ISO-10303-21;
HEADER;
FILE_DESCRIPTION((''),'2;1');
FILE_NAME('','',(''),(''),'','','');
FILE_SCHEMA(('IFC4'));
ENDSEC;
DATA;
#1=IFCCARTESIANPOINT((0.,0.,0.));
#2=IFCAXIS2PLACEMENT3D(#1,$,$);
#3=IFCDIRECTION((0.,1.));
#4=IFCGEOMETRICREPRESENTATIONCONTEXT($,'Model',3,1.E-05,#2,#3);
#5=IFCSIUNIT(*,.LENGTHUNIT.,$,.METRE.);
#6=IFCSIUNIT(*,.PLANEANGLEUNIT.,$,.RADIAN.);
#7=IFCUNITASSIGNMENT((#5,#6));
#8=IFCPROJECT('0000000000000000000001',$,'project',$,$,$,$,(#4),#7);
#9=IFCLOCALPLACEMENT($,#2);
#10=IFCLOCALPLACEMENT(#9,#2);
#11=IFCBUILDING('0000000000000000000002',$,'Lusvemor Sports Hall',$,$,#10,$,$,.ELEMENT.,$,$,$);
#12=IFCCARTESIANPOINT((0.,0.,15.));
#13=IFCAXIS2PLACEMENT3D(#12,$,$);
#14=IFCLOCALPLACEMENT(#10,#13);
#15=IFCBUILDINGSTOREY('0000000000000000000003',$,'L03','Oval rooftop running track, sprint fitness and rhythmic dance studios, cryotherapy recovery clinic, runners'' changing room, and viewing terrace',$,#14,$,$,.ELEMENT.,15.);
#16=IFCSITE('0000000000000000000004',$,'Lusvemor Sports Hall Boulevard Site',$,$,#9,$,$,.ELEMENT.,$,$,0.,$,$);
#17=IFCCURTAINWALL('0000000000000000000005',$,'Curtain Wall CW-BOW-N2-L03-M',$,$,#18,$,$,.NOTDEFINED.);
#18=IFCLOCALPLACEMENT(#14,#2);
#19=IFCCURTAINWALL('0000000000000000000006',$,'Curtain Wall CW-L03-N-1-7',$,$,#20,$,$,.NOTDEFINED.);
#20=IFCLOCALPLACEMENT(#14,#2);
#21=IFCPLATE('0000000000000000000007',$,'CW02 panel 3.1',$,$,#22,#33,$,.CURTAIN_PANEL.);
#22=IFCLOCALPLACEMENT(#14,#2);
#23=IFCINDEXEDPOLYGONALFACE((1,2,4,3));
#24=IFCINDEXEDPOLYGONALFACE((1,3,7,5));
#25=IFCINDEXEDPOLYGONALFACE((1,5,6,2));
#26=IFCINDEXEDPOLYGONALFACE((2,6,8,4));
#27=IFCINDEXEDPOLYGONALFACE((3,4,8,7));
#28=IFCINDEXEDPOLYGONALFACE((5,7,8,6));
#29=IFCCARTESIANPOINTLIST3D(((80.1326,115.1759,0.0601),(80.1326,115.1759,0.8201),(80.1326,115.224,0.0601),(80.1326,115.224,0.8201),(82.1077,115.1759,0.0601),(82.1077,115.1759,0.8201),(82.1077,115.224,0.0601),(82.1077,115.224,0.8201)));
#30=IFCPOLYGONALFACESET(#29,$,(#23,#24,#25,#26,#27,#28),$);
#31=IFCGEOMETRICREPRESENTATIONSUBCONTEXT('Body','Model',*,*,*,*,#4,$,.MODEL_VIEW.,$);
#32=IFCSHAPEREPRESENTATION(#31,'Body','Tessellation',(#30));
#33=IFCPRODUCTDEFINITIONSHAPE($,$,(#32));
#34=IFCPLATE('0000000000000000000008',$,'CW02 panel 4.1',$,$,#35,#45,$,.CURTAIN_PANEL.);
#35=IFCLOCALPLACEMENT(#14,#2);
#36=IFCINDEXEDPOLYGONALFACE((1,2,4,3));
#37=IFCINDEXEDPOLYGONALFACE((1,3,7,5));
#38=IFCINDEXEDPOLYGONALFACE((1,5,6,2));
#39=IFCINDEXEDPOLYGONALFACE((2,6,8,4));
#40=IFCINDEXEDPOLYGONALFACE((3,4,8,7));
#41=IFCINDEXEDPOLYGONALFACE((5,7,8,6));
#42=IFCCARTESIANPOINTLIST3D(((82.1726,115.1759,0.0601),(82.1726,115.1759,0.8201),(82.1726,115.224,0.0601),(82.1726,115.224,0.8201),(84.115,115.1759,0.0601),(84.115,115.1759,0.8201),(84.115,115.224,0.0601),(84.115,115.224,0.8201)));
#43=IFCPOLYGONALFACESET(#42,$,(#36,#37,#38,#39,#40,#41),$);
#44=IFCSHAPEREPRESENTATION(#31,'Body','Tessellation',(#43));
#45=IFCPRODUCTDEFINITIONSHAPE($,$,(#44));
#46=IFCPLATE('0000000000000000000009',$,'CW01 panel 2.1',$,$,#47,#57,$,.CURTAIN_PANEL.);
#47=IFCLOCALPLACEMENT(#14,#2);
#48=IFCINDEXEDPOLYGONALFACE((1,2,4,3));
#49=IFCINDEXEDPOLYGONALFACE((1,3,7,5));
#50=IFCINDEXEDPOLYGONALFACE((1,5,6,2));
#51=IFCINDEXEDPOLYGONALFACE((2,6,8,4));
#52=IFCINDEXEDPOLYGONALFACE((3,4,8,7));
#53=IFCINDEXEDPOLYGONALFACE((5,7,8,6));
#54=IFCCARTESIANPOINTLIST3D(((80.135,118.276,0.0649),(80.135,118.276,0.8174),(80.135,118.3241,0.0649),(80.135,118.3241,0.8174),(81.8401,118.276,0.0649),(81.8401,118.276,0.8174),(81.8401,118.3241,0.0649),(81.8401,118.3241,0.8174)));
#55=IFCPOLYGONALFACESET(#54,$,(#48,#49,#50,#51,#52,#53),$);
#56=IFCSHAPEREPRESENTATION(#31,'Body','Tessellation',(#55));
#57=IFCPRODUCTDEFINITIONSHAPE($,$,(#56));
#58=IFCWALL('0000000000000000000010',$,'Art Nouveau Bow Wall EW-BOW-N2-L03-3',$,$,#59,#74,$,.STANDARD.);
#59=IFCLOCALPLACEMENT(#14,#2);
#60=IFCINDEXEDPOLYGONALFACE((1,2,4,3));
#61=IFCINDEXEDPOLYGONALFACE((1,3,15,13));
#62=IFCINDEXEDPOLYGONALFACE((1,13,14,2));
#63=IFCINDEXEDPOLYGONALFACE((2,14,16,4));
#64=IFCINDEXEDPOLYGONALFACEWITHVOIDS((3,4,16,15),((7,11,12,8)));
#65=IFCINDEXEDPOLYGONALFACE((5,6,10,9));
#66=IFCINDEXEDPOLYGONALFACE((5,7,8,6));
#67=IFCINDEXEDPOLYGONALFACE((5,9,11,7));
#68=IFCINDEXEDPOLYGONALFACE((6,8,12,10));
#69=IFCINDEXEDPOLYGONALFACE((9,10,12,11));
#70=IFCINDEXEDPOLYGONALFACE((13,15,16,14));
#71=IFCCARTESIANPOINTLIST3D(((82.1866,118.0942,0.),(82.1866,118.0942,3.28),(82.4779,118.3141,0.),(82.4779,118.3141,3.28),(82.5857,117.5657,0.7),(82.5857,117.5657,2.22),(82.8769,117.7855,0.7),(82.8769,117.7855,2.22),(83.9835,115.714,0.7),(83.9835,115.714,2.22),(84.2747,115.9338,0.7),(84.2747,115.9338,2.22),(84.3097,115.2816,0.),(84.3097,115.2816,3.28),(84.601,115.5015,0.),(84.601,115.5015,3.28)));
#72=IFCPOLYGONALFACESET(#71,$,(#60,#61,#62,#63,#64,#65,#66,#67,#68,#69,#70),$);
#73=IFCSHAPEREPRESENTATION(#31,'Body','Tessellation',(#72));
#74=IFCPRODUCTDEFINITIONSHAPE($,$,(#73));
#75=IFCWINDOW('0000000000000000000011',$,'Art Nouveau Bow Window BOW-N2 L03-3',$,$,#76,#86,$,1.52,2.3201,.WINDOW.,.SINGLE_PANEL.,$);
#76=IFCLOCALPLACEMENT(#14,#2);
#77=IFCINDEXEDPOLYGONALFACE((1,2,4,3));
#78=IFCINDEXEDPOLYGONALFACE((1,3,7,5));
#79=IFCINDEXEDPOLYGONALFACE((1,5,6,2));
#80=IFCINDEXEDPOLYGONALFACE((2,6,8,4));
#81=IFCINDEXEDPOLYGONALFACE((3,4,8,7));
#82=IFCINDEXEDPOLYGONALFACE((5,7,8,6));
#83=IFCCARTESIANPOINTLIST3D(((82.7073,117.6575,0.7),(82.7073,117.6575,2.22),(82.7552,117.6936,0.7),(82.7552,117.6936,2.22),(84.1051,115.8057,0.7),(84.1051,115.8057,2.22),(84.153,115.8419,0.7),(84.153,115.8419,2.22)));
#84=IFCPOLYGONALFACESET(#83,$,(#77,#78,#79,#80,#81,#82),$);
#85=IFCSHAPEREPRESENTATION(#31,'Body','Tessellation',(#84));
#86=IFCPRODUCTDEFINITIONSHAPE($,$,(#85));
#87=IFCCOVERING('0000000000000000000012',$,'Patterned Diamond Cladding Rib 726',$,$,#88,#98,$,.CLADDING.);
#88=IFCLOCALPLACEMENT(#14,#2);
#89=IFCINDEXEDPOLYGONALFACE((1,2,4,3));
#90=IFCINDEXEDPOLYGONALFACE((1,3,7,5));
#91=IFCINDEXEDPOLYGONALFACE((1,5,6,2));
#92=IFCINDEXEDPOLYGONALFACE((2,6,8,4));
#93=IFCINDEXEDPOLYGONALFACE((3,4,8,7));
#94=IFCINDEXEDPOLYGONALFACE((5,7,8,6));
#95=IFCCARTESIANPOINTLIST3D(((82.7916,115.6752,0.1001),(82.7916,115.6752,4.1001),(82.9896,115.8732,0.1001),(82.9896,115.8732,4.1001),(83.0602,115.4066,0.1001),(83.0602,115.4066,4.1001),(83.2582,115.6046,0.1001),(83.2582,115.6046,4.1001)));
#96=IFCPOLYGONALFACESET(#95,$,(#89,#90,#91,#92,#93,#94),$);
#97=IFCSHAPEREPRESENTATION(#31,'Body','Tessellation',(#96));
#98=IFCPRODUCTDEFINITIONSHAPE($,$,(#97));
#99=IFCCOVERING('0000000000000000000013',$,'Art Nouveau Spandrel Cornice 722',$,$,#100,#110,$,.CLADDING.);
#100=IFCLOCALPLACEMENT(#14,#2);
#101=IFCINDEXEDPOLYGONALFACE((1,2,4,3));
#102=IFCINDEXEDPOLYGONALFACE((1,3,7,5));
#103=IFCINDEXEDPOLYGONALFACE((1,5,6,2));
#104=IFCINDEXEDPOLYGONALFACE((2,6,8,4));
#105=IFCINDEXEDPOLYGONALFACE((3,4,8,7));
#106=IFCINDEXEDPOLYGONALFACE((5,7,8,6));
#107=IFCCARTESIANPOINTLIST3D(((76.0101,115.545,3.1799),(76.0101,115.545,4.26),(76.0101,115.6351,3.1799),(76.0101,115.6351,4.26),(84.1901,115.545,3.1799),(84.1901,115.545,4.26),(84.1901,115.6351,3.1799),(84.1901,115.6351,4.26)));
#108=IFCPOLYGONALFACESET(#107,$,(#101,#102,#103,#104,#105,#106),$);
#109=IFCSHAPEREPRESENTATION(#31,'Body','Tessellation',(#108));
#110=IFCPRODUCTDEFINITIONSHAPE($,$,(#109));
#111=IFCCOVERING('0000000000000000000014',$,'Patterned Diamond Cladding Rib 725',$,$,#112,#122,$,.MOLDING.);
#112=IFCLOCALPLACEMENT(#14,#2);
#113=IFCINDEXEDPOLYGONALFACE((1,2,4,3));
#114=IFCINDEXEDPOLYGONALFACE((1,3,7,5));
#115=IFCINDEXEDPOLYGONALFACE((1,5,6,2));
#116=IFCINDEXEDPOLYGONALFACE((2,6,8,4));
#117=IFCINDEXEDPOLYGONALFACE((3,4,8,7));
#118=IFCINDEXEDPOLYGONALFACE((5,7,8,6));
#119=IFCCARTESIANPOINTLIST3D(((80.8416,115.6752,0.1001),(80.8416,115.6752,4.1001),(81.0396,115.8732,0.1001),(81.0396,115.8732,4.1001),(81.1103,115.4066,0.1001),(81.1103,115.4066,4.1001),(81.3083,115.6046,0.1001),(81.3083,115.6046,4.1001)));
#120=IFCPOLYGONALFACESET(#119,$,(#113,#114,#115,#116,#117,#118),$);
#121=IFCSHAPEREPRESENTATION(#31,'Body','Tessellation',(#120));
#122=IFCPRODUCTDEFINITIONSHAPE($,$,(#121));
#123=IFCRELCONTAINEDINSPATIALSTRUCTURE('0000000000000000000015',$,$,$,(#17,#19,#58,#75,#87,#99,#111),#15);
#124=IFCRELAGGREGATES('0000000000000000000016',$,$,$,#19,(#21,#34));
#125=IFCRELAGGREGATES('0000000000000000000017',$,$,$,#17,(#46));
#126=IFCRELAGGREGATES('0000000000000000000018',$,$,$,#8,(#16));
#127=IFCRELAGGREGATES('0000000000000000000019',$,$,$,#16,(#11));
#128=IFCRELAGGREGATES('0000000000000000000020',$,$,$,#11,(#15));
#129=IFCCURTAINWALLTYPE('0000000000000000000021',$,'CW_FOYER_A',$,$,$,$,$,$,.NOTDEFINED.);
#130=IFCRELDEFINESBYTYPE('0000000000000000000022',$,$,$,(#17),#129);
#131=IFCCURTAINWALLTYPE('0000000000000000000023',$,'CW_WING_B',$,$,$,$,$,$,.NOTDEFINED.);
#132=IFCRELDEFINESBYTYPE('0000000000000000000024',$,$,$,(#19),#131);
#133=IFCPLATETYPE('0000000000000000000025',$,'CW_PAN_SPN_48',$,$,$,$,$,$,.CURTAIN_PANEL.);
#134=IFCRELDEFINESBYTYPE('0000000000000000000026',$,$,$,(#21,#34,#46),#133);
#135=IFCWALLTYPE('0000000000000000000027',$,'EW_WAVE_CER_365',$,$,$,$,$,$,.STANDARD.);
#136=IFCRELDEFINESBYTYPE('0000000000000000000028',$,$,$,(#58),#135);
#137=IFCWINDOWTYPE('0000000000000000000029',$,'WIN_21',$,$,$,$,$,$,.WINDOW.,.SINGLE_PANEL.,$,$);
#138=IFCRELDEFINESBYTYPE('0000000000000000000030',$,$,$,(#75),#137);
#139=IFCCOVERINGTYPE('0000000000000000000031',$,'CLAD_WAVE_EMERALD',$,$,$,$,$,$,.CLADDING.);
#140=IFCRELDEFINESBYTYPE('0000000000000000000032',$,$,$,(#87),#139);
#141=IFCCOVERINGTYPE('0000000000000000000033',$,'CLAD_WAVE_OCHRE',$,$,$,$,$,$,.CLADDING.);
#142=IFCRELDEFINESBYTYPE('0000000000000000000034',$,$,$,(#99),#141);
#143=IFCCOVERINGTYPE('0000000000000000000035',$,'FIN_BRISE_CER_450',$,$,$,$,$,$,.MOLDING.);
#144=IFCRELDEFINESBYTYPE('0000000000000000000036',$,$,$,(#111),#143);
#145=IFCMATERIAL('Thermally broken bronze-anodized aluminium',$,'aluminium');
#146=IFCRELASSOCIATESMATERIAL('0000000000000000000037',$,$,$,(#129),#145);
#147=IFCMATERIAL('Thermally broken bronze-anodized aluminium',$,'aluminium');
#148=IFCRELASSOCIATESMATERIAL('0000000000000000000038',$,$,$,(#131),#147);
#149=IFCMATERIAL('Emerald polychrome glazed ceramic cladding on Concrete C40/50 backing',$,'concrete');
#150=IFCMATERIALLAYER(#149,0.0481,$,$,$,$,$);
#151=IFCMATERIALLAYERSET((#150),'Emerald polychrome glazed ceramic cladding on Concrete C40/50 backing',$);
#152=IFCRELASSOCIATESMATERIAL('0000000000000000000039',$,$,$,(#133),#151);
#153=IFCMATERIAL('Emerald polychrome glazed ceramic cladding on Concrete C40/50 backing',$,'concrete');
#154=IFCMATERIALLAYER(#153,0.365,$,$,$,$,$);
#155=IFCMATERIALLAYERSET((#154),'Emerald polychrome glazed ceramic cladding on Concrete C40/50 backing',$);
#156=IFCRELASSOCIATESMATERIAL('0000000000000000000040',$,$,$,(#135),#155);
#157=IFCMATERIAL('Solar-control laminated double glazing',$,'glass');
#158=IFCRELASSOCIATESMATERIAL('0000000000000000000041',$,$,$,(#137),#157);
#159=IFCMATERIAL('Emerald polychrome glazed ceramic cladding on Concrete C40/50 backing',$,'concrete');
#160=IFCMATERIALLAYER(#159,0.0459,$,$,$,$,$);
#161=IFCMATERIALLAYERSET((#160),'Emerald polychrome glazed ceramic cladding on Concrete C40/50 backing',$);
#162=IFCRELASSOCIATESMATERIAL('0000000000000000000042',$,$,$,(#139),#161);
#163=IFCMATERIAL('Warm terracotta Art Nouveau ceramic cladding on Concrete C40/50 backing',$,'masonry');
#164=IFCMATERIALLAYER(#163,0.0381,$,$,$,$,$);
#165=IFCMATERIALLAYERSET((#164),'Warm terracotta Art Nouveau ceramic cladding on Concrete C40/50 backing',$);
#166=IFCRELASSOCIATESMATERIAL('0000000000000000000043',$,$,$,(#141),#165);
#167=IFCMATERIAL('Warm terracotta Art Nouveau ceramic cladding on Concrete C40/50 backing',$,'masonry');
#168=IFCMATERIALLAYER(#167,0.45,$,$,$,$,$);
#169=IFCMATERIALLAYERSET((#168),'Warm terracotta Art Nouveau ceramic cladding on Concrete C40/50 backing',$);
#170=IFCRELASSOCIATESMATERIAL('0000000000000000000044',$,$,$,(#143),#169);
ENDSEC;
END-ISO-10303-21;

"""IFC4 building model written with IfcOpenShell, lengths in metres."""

from ifc_helpers import new_model, si_unit, direction, frame, frame_2d, origin, origin_2d, place, context, subcontext, project, spatial, rectangle, extrude, material, layer, layer_set, type_object, element, fill, aggregate, save


model = new_model("IFC4")

# Units and contexts
model_context = context("Model", 3, precision=1e-05, world=origin(), true_north=direction((0.0, 1.0)))
body_context = subcontext(model_context, "Body", "Model", "MODEL_VIEW")
ifc_project = project(units=[si_unit("LENGTHUNIT", "METRE"), si_unit("PLANEANGLEUNIT", "RADIAN")], contexts=[model_context])

# Site, building, storey
site_placement = place(None, origin())
site = spatial("IfcSite", under=ifc_project, at=site_placement, Name="Lusvemor Sports Hall Boulevard Site", CompositionType="ELEMENT", RefElevation=0.0)
building_placement = place(site_placement, origin())
building = spatial("IfcBuilding", under=site, at=building_placement, Name="Lusvemor Sports Hall", CompositionType="ELEMENT")
storey_placement = place(building_placement, frame((0.0, 0.0, 15.0)))
storey = spatial("IfcBuildingStorey", under=building, at=storey_placement, Name="L03", Description="Oval rooftop running track, sprint fitness and rhythmic dance studios, cryotherapy recovery clinic, runners' changing room, and viewing terrace", CompositionType="ELEMENT", Elevation=15.0)

# Curtain walls
ifc_material_1 = material(Name="Thermally broken bronze-anodized aluminium", Category="aluminium")
curtain_wall_type_1 = type_object("IfcCurtainWallType", Name="CW_FOYER_A", PredefinedType="NOTDEFINED", material=ifc_material_1)
curtain_wall_1_placement = place(storey_placement, origin())
curtain_wall_1 = element("IfcCurtainWall", 1, at=curtain_wall_1_placement, inside=storey, type_object=curtain_wall_type_1, Name="Curtain Wall CW-BOW-N2-L03-M", PredefinedType="NOTDEFINED")
ifc_material_2 = material(Name="Thermally broken bronze-anodized aluminium", Category="aluminium")
curtain_wall_type_2 = type_object("IfcCurtainWallType", Name="CW_WING_B", PredefinedType="NOTDEFINED", material=ifc_material_2)
curtain_wall_2_placement = place(storey_placement, origin())
curtain_wall_2 = element("IfcCurtainWall", 2, at=curtain_wall_2_placement, inside=storey, type_object=curtain_wall_type_2, Name="Curtain Wall CW-L03-N-1-7", PredefinedType="NOTDEFINED")

# Plates
ifc_material_3 = material(Name="Emerald polychrome glazed ceramic cladding on Concrete C40/50 backing", Category="concrete")
ifc_layer_1 = layer(ifc_material_3, 0.0481)
ifc_layer_set_1 = layer_set([ifc_layer_1], Name="Emerald polychrome glazed ceramic cladding on Concrete C40/50 backing")
plate_type_1 = type_object("IfcPlateType", Name="CW_PAN_SPN_48", PredefinedType="CURTAIN_PANEL", material=ifc_layer_set_1)
plate_1_placement = place(storey_placement, frame((81.1201, 115.2, 0.0601), z_axis=(0.0, 0.0, 1.0), x_axis=(1.0, 0.0, 0.0)))
plate_1 = element("IfcPlate", 3, at=plate_1_placement, type_object=plate_type_1, Name="CW02 panel 3.1", PredefinedType="CURTAIN_PANEL", context=body_context, shape_type="SweptSolid", body=[
    extrude(rectangle(XDim=1.9751, YDim=0.0481, at=origin_2d()), origin(), (0.0, 0.0, 1.0), 0.76),
])
plate_2_placement = place(storey_placement, frame((83.1438, 115.2, 0.0601), z_axis=(0.0, 0.0, 1.0), x_axis=(1.0, 0.0, 0.0)))
plate_2 = element("IfcPlate", 4, at=plate_2_placement, type_object=plate_type_1, Name="CW02 panel 4.1", PredefinedType="CURTAIN_PANEL", context=body_context, shape_type="SweptSolid", body=[
    extrude(rectangle(XDim=1.9424, YDim=0.0481, at=origin_2d()), origin(), (0.0, 0.0, 1.0), 0.76),
])
aggregate(curtain_wall_2, [plate_1, plate_2])
plate_3_placement = place(storey_placement, frame((80.9875, 118.3, 0.0649), z_axis=(0.0, 0.0, 1.0), x_axis=(1.0, 0.0, 0.0)))
plate_3 = element("IfcPlate", 5, at=plate_3_placement, type_object=plate_type_1, Name="CW01 panel 2.1", PredefinedType="CURTAIN_PANEL", context=body_context, shape_type="SweptSolid", body=[
    extrude(rectangle(XDim=1.7051, YDim=0.0481, at=origin_2d()), origin(), (0.0, 0.0, 1.0), 0.7524),
])
aggregate(curtain_wall_1, [plate_3])

# Wall, opening, window
ifc_material_4 = material(Name="Emerald polychrome glazed ceramic cladding on Concrete C40/50 backing", Category="concrete")
ifc_layer_2 = layer(ifc_material_4, 0.365)
ifc_layer_set_2 = layer_set([ifc_layer_2], Name="Emerald polychrome glazed ceramic cladding on Concrete C40/50 backing")
wall_type = type_object("IfcWallType", Name="EW_WAVE_CER_365", PredefinedType="STANDARD", material=ifc_layer_set_2)
wall_placement = place(storey_placement, frame((82.3323, 118.2041, 0.0), z_axis=(0.0, 0.0, 1.0), x_axis=(0.60248, -0.798134, 0.0)))
wall = element("IfcWall", 6, at=wall_placement, inside=storey, type_object=wall_type, Name="Art Nouveau Bow Wall EW-BOW-N2-L03-3", PredefinedType="STANDARD", context=body_context, shape_type="SweptSolid", body=[
    extrude(rectangle(XDim=3.5239, YDim=0.365, at=frame_2d((1.762, 0.0))), origin(), (0.0, 0.0, 1.0), 3.28),
])
opening_placement = place(wall_placement, frame((0.6621, 0.0, 0.7)))
opening = element("IfcOpeningElement", 7, at=opening_placement, cuts=wall, PredefinedType="OPENING", context=body_context, shape_type="SweptSolid", body=[
    extrude(rectangle(XDim=2.3201, YDim=1.52, at=frame_2d((1.1602, 0.76))), frame((0.0, 0.1826, 0.0), z_axis=(0.0, -1.0, 0.0), x_axis=(1.0, 0.0, 0.0)), (0.0, 0.0, 1.0), 0.365),
])
ifc_material_5 = material(Name="Solar-control laminated double glazing", Category="glass")
window_type = type_object("IfcWindowType", Name="WIN_21", PartitioningType="SINGLE_PANEL", PredefinedType="WINDOW", material=ifc_material_5)
window_placement = place(opening_placement, origin())
window = element("IfcWindow", 8, at=window_placement, inside=storey, type_object=window_type, Name="Art Nouveau Bow Window BOW-N2 L03-3", OverallHeight=1.52, OverallWidth=2.3201, PartitioningType="SINGLE_PANEL", PredefinedType="WINDOW", context=body_context, shape_type="SweptSolid", body=[
    extrude(rectangle(XDim=2.3201, YDim=1.52, at=frame_2d((1.1602, 0.76))), frame((0.0, 0.03, 0.0), z_axis=(0.0, -1.0, 0.0), x_axis=(1.0, 0.0, 0.0)), (0.0, 0.0, 1.0), 0.0601),
])
fill(opening, window)

# Coverings
ifc_material_6 = material(Name="Emerald polychrome glazed ceramic cladding on Concrete C40/50 backing", Category="concrete")
ifc_layer_3 = layer(ifc_material_6, 0.0459)
ifc_layer_set_3 = layer_set([ifc_layer_3], Name="Emerald polychrome glazed ceramic cladding on Concrete C40/50 backing")
covering_type_1 = type_object("IfcCoveringType", Name="CLAD_WAVE_EMERALD", PredefinedType="CLADDING", material=ifc_layer_set_3)
covering_1_placement = place(storey_placement, frame((83.0249, 115.6399, 0.1001), z_axis=(0.0, 0.0, 1.0), x_axis=(0.707107, 0.707107, 0.0)))
element("IfcCovering", 9, at=covering_1_placement, inside=storey, type_object=covering_type_1, Name="Patterned Diamond Cladding Rib 726", PredefinedType="CLADDING", context=body_context, shape_type="SweptSolid", body=[
    extrude(rectangle(XDim=0.28, YDim=0.3799, at=origin_2d()), origin(), (0.0, 0.0, 1.0), 4.0),
])
ifc_material_7 = material(Name="Warm terracotta Art Nouveau ceramic cladding on Concrete C40/50 backing", Category="masonry")
ifc_layer_4 = layer(ifc_material_7, 0.0381)
ifc_layer_set_4 = layer_set([ifc_layer_4], Name="Warm terracotta Art Nouveau ceramic cladding on Concrete C40/50 backing")
covering_type_2 = type_object("IfcCoveringType", Name="CLAD_WAVE_OCHRE", PredefinedType="CLADDING", material=ifc_layer_set_4)
covering_2_placement = place(storey_placement, frame((80.1001, 115.5901, 3.1799), z_axis=(0.0, 0.0, 1.0), x_axis=(1.0, 0.0, 0.0)))
element("IfcCovering", 10, at=covering_2_placement, inside=storey, type_object=covering_type_2, Name="Art Nouveau Spandrel Cornice 722", PredefinedType="CLADDING", context=body_context, shape_type="SweptSolid", body=[
    extrude(rectangle(XDim=8.1799, YDim=0.0901, at=origin_2d()), origin(), (0.0, 0.0, 1.0), 1.0801),
])
ifc_material_8 = material(Name="Warm terracotta Art Nouveau ceramic cladding on Concrete C40/50 backing", Category="masonry")
ifc_layer_5 = layer(ifc_material_8, 0.45)
ifc_layer_set_5 = layer_set([ifc_layer_5], Name="Warm terracotta Art Nouveau ceramic cladding on Concrete C40/50 backing")
covering_type_3 = type_object("IfcCoveringType", Name="FIN_BRISE_CER_450", PredefinedType="MOLDING", material=ifc_layer_set_5)
covering_3_placement = place(storey_placement, frame((81.075, 115.6399, 0.1001), z_axis=(0.0, 0.0, 1.0), x_axis=(0.707107, 0.707107, 0.0)))
element("IfcCovering", 11, at=covering_3_placement, inside=storey, type_object=covering_type_3, Name="Patterned Diamond Cladding Rib 725", PredefinedType="MOLDING", context=body_context, shape_type="SweptSolid", body=[
    extrude(rectangle(XDim=0.28, YDim=0.3799, at=origin_2d()), origin(), (0.0, 0.0, 1.0), 4.0),
])

save(model, "model.ifc")
